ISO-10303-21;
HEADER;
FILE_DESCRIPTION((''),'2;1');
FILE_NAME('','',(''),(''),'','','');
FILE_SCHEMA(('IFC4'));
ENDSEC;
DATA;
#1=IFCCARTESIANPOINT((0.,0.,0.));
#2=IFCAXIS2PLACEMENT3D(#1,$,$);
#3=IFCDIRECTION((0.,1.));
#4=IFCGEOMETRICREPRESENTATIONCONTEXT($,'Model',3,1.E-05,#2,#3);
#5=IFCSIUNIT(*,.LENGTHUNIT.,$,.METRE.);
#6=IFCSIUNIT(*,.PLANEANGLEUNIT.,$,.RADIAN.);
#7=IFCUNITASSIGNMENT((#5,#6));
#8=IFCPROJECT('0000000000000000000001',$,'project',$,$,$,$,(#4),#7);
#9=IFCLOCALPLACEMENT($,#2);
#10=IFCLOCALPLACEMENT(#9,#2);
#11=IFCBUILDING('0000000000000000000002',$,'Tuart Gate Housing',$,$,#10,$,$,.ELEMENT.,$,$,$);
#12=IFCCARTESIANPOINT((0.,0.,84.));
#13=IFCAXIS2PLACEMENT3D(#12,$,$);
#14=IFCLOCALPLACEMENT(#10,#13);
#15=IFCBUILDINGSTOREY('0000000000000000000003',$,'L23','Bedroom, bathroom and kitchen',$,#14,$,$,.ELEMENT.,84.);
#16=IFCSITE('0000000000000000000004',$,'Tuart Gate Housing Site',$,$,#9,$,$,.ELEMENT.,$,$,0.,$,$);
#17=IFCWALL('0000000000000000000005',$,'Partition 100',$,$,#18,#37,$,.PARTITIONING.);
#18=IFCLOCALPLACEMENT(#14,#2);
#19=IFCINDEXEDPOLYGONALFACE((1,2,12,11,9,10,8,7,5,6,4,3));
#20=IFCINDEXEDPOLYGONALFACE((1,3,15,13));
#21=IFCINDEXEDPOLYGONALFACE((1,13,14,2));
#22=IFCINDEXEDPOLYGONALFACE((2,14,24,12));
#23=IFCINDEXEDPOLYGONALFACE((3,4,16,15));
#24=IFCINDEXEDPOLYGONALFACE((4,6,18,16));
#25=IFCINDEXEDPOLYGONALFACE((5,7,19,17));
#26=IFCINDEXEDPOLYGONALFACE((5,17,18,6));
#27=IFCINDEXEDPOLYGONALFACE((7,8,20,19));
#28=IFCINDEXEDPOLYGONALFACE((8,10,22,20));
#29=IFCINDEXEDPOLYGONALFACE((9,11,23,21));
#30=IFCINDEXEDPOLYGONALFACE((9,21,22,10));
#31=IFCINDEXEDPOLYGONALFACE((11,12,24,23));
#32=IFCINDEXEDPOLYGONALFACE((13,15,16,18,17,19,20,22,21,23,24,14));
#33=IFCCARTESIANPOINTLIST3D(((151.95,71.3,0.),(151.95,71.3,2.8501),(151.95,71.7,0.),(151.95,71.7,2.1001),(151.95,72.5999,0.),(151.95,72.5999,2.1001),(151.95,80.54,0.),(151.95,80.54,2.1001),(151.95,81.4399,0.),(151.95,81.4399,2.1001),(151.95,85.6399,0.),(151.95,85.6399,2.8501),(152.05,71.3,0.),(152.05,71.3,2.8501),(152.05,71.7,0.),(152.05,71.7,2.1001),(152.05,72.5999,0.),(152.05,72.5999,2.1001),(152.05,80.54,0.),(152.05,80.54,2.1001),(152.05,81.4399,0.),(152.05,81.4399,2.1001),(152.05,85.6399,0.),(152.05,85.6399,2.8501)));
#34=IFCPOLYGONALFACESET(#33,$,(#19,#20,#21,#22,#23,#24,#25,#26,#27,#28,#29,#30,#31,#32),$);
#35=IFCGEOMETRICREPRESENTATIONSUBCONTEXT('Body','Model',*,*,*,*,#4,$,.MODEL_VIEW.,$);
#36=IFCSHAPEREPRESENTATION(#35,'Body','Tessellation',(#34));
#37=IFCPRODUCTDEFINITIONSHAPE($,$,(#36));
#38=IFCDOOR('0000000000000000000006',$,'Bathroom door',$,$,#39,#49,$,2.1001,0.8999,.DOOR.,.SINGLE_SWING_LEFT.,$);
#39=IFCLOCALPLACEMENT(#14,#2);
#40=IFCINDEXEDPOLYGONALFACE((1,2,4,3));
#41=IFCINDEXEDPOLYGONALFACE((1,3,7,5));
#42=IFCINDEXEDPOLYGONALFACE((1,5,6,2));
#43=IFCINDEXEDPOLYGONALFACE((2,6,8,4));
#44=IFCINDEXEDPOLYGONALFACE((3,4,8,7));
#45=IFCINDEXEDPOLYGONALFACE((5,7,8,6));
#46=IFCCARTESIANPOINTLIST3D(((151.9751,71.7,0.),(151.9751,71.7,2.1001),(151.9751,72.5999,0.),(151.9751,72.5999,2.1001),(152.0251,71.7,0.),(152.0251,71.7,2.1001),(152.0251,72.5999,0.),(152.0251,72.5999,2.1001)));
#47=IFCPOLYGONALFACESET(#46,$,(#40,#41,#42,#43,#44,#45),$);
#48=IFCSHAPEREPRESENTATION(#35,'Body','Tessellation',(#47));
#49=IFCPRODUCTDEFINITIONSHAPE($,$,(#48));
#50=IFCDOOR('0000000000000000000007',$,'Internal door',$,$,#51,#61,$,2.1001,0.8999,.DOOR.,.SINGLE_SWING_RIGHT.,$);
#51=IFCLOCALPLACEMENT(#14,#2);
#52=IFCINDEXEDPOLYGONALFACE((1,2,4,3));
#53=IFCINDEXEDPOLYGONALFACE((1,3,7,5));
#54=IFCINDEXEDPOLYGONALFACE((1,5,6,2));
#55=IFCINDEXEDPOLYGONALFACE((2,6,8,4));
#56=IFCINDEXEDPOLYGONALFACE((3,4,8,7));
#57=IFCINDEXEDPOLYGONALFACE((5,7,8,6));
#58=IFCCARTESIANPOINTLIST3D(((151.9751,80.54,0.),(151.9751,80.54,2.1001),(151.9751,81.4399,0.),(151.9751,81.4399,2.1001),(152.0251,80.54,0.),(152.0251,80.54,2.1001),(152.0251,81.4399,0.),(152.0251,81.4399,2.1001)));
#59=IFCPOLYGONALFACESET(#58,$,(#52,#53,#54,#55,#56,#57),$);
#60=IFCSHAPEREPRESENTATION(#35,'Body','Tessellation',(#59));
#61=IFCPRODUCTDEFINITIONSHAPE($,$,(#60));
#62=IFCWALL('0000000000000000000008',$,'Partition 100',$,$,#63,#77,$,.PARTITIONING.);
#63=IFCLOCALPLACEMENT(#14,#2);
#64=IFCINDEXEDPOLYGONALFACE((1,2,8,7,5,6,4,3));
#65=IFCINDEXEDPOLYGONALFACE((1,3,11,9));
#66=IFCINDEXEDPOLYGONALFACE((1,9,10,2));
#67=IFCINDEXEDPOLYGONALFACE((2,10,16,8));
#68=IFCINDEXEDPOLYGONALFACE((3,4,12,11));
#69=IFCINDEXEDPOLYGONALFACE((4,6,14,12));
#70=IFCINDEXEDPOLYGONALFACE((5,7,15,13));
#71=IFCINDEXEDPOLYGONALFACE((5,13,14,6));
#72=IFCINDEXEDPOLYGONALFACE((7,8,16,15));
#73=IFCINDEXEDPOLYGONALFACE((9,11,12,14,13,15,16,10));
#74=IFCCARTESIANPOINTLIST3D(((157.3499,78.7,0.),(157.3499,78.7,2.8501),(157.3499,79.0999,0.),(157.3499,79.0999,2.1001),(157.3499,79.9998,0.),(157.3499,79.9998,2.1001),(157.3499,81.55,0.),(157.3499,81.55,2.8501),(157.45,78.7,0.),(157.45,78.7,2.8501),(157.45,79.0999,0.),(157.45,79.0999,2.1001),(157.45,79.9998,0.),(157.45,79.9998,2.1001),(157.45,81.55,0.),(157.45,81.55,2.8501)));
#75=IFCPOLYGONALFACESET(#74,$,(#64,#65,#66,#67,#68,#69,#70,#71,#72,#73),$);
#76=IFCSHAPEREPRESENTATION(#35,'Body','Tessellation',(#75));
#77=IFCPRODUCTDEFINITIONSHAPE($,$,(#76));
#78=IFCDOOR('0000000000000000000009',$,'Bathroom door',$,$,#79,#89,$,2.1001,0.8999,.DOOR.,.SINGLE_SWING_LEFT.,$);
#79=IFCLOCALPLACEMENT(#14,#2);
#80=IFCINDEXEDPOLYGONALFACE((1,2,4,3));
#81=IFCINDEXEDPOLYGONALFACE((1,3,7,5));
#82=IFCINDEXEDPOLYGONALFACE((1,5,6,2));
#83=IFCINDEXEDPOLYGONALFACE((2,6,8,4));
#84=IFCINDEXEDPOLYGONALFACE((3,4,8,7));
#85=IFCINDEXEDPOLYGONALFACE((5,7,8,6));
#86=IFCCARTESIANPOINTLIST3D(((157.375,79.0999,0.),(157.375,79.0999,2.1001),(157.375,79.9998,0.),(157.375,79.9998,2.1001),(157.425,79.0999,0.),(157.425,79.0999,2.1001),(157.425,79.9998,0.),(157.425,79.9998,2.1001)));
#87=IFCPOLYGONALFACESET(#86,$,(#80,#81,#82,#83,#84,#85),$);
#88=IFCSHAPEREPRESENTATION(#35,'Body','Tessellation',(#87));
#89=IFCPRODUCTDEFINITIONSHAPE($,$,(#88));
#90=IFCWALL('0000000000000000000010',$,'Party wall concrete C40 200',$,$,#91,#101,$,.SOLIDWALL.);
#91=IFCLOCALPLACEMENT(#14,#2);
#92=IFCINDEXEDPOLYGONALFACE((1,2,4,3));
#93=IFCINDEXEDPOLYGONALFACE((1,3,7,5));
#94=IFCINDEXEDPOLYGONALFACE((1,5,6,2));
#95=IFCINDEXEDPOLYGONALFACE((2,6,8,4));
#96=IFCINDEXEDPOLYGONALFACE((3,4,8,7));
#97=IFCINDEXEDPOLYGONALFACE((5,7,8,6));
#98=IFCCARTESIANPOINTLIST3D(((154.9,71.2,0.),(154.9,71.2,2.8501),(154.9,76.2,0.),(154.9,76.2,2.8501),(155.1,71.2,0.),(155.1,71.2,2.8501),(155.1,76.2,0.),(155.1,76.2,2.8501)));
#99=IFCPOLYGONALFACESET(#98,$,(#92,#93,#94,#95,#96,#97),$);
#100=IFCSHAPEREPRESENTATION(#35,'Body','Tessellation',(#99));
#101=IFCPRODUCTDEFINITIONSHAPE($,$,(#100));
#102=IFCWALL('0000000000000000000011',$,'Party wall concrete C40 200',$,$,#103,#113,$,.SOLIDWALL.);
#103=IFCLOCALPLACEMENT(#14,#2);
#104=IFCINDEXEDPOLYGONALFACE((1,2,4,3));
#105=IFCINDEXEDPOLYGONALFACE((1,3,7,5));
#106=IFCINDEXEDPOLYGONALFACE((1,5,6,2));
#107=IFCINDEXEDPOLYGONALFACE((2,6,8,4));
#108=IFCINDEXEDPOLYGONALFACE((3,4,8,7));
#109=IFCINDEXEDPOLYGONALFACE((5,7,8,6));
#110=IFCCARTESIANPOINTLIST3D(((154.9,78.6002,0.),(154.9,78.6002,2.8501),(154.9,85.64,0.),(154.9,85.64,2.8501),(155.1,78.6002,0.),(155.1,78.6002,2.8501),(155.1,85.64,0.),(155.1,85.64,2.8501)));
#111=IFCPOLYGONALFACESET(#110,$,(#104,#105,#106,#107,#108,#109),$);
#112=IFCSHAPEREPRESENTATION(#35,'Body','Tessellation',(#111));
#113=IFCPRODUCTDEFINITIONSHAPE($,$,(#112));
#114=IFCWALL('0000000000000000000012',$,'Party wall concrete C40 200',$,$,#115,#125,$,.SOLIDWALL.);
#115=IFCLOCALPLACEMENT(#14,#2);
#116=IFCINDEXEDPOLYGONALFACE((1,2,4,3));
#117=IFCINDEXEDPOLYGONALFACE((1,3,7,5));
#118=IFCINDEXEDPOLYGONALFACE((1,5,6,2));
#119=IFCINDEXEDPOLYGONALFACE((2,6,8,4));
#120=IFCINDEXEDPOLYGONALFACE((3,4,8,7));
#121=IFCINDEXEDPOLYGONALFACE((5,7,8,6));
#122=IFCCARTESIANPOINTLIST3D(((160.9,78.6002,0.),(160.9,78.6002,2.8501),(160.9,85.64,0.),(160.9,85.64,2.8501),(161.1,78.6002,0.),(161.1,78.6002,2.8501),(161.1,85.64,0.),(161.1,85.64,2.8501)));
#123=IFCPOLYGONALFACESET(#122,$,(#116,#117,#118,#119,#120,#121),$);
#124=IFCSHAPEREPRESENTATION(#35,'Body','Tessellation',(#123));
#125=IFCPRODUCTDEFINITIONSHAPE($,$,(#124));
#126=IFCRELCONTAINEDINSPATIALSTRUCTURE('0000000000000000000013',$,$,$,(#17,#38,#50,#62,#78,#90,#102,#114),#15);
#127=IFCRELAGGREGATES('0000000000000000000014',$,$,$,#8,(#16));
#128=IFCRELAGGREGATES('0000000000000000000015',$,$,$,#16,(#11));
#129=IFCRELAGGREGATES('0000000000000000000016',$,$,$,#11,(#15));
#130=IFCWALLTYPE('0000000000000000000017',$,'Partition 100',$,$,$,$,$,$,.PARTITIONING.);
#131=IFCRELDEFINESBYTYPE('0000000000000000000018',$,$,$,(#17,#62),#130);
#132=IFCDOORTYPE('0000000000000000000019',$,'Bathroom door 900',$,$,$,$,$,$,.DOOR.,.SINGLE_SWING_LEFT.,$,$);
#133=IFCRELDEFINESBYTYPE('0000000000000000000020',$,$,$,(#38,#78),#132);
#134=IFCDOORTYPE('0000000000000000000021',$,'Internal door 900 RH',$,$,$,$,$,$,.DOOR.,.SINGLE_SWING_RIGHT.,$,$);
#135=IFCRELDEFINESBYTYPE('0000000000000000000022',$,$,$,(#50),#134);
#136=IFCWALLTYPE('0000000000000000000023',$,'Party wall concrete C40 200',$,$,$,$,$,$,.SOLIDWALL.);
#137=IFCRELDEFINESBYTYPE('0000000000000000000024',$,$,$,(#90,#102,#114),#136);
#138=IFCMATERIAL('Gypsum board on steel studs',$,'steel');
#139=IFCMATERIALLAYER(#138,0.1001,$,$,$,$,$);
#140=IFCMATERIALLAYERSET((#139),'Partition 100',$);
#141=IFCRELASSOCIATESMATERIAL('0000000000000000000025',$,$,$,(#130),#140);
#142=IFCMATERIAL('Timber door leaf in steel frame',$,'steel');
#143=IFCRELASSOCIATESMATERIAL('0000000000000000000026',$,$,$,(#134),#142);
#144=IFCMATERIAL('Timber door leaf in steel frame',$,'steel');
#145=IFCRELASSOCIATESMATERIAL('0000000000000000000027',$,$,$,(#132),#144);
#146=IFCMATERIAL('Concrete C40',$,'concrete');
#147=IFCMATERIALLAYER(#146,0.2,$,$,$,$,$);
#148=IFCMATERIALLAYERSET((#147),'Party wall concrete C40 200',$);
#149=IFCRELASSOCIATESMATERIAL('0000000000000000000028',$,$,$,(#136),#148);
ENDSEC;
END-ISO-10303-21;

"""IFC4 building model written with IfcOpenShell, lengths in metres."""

from ifc_helpers import new_model, si_unit, direction, frame, frame_2d, origin, place, context, subcontext, project, spatial, rectangle, extrude, material, layer, layer_set, type_object, element, fill, save


model = new_model("IFC4")

# Units and contexts
model_context = context("Model", 3, precision=1e-05, world=origin(), true_north=direction((0.0, 1.0)))
body_context = subcontext(model_context, "Body", "Model", "MODEL_VIEW")
ifc_project = project(units=[si_unit("LENGTHUNIT", "METRE"), si_unit("PLANEANGLEUNIT", "RADIAN")], contexts=[model_context])

# Site, building, storey
site_placement = place(None, origin())
site = spatial("IfcSite", under=ifc_project, at=site_placement, Name="Tuart Gate Housing Site", CompositionType="ELEMENT", RefElevation=0.0)
building_placement = place(site_placement, origin())
building = spatial("IfcBuilding", under=site, at=building_placement, Name="Tuart Gate Housing", CompositionType="ELEMENT")
storey_placement = place(building_placement, frame((0.0, 0.0, 84.0)))
storey = spatial("IfcBuildingStorey", under=building, at=storey_placement, Name="L23", Description="Bedroom, bathroom and kitchen", CompositionType="ELEMENT", Elevation=84.0)

# Shared definitions
ifc_material_1 = material(Name="Gypsum board on steel studs", Category="steel")
ifc_layer_1 = layer(ifc_material_1, 0.1001)
ifc_layer_set_1 = layer_set([ifc_layer_1], Name="Partition 100")
wall_type_1 = type_object("IfcWallType", Name="Partition 100", PredefinedType="PARTITIONING", material=ifc_layer_set_1)
ifc_material_2 = material(Name="Timber door leaf in steel frame", Category="steel")
door_type_1 = type_object("IfcDoorType", Name="Internal door 900 RH", OperationType="SINGLE_SWING_RIGHT", PredefinedType="DOOR", material=ifc_material_2)

# Wall, openings, doors
wall_1_placement = place(storey_placement, frame((152.0, 71.3, 0.0), z_axis=(0.0, 0.0, 1.0), x_axis=(0.0, 1.0, 0.0)))
wall_1 = element("IfcWall", 1, at=wall_1_placement, inside=storey, type_object=wall_type_1, Name="Partition 100", PredefinedType="PARTITIONING", context=body_context, shape_type="SweptSolid", body=[
    extrude(rectangle(XDim=14.3398, YDim=0.1001, at=frame_2d((7.1699, 0.0))), origin(), (0.0, 0.0, 1.0), 2.8501),
])
opening_1_placement = place(wall_1_placement, frame((9.24, 0.0, 0.0)))
opening_1 = element("IfcOpeningElement", 2, at=opening_1_placement, cuts=wall_1, PredefinedType="OPENING", context=body_context, shape_type="SweptSolid", body=[
    extrude(rectangle(XDim=0.8999, YDim=2.1001, at=frame_2d((0.45, 1.05))), frame((0.0, 0.0601, 0.0), z_axis=(0.0, -1.0, 0.0), x_axis=(1.0, 0.0, 0.0)), (0.0, 0.0, 1.0), 0.1201),
])
opening_2_placement = place(wall_1_placement, frame((0.3999, 0.0, 0.0)))
opening_2 = element("IfcOpeningElement", 3, at=opening_2_placement, cuts=wall_1, PredefinedType="OPENING", context=body_context, shape_type="SweptSolid", body=[
    extrude(rectangle(XDim=0.8999, YDim=2.1001, at=frame_2d((0.45, 1.05))), frame((0.0, 0.0601, 0.0), z_axis=(0.0, -1.0, 0.0), x_axis=(1.0, 0.0, 0.0)), (0.0, 0.0, 1.0), 0.1201),
])
ifc_material_3 = material(Name="Timber door leaf in steel frame", Category="steel")
door_type_2 = type_object("IfcDoorType", Name="Bathroom door 900", OperationType="SINGLE_SWING_LEFT", PredefinedType="DOOR", material=ifc_material_3)
door_1_placement = place(opening_2_placement, origin())
door_1 = element("IfcDoor", 4, at=door_1_placement, inside=storey, type_object=door_type_2, Name="Bathroom door", OperationType="SINGLE_SWING_LEFT", OverallHeight=2.1001, OverallWidth=0.8999, PredefinedType="DOOR", context=body_context, shape_type="SweptSolid", body=[
    extrude(rectangle(XDim=0.8999, YDim=2.1001, at=frame_2d((0.45, 1.05))), frame((0.0, 0.0249, 0.0), z_axis=(0.0, -1.0, 0.0), x_axis=(1.0, 0.0, 0.0)), (0.0, 0.0, 1.0), 0.05),
])
fill(opening_2, door_1)
door_2_placement = place(opening_1_placement, origin())
door_2 = element("IfcDoor", 5, at=door_2_placement, inside=storey, type_object=door_type_1, Name="Internal door", OperationType="SINGLE_SWING_RIGHT", OverallHeight=2.1001, OverallWidth=0.8999, PredefinedType="DOOR", context=body_context, shape_type="SweptSolid", body=[
    extrude(rectangle(XDim=0.8999, YDim=2.1001, at=frame_2d((0.45, 1.05))), frame((0.0, 0.0249, 0.0), z_axis=(0.0, -1.0, 0.0), x_axis=(1.0, 0.0, 0.0)), (0.0, 0.0, 1.0), 0.05),
])
fill(opening_1, door_2)

# Wall, opening, door
wall_2_placement = place(storey_placement, frame((157.3999, 78.7, 0.0), z_axis=(0.0, 0.0, 1.0), x_axis=(0.0, 1.0, 0.0)))
wall_2 = element("IfcWall", 6, at=wall_2_placement, inside=storey, type_object=wall_type_1, Name="Partition 100", PredefinedType="PARTITIONING", context=body_context, shape_type="SweptSolid", body=[
    extrude(rectangle(XDim=2.8501, YDim=0.1001, at=frame_2d((1.425, 0.0))), origin(), (0.0, 0.0, 1.0), 2.8501),
])
opening_3_placement = place(wall_2_placement, frame((0.3999, 0.0, 0.0)))
opening_3 = element("IfcOpeningElement", 7, at=opening_3_placement, cuts=wall_2, PredefinedType="OPENING", context=body_context, shape_type="SweptSolid", body=[
    extrude(rectangle(XDim=0.8999, YDim=2.1001, at=frame_2d((0.45, 1.05))), frame((0.0, 0.0601, 0.0), z_axis=(0.0, -1.0, 0.0), x_axis=(1.0, 0.0, 0.0)), (0.0, 0.0, 1.0), 0.1201),
])
door_3_placement = place(opening_3_placement, origin())
door_3 = element("IfcDoor", 8, at=door_3_placement, inside=storey, type_object=door_type_2, Name="Bathroom door", OperationType="SINGLE_SWING_LEFT", OverallHeight=2.1001, OverallWidth=0.8999, PredefinedType="DOOR", context=body_context, shape_type="SweptSolid", body=[
    extrude(rectangle(XDim=0.8999, YDim=2.1001, at=frame_2d((0.45, 1.05))), frame((0.0, 0.0249, 0.0), z_axis=(0.0, -1.0, 0.0), x_axis=(1.0, 0.0, 0.0)), (0.0, 0.0, 1.0), 0.05),
])
fill(opening_3, door_3)

# Walls
ifc_material_4 = material(Name="Concrete C40", Category="concrete")
ifc_layer_2 = layer(ifc_material_4, 0.2)
ifc_layer_set_2 = layer_set([ifc_layer_2], Name="Party wall concrete C40 200")
wall_type_2 = type_object("IfcWallType", Name="Party wall concrete C40 200", PredefinedType="SOLIDWALL", material=ifc_layer_set_2)
wall_3_placement = place(storey_placement, frame((155.0, 71.2, 0.0), z_axis=(0.0, 0.0, 1.0), x_axis=(0.0, 1.0, 0.0)))
element("IfcWall", 9, at=wall_3_placement, inside=storey, type_object=wall_type_2, Name="Party wall concrete C40 200", PredefinedType="SOLIDWALL", context=body_context, shape_type="SweptSolid", body=[
    extrude(rectangle(XDim=5.0, YDim=0.2, at=frame_2d((2.5, 0.0))), origin(), (0.0, 0.0, 1.0), 2.8501),
])
for number, where, z_axis, x_axis, name in (
    (10, (155.0, 78.6001, 0.0), (0.0, 0.0, 1.0), (0.0, 1.0, 0.0), "Party wall concrete C40 200"),
    (11, (161.0, 78.6001, 0.0), (0.0, 0.0, 1.0), (0.0, 1.0, 0.0), "Party wall concrete C40 200"),
):
    element("IfcWall", number, at=place(storey_placement, frame(where, z_axis=z_axis, x_axis=x_axis)), inside=storey, type_object=wall_type_2, Name=name, PredefinedType="SOLIDWALL", context=body_context, shape_type="SweptSolid", body=[
        extrude(rectangle(XDim=7.0398, YDim=0.2, at=frame_2d((3.52, 0.0))), origin(), (0.0, 0.0, 1.0), 2.8501),
    ])

save(model, "model.ifc")
